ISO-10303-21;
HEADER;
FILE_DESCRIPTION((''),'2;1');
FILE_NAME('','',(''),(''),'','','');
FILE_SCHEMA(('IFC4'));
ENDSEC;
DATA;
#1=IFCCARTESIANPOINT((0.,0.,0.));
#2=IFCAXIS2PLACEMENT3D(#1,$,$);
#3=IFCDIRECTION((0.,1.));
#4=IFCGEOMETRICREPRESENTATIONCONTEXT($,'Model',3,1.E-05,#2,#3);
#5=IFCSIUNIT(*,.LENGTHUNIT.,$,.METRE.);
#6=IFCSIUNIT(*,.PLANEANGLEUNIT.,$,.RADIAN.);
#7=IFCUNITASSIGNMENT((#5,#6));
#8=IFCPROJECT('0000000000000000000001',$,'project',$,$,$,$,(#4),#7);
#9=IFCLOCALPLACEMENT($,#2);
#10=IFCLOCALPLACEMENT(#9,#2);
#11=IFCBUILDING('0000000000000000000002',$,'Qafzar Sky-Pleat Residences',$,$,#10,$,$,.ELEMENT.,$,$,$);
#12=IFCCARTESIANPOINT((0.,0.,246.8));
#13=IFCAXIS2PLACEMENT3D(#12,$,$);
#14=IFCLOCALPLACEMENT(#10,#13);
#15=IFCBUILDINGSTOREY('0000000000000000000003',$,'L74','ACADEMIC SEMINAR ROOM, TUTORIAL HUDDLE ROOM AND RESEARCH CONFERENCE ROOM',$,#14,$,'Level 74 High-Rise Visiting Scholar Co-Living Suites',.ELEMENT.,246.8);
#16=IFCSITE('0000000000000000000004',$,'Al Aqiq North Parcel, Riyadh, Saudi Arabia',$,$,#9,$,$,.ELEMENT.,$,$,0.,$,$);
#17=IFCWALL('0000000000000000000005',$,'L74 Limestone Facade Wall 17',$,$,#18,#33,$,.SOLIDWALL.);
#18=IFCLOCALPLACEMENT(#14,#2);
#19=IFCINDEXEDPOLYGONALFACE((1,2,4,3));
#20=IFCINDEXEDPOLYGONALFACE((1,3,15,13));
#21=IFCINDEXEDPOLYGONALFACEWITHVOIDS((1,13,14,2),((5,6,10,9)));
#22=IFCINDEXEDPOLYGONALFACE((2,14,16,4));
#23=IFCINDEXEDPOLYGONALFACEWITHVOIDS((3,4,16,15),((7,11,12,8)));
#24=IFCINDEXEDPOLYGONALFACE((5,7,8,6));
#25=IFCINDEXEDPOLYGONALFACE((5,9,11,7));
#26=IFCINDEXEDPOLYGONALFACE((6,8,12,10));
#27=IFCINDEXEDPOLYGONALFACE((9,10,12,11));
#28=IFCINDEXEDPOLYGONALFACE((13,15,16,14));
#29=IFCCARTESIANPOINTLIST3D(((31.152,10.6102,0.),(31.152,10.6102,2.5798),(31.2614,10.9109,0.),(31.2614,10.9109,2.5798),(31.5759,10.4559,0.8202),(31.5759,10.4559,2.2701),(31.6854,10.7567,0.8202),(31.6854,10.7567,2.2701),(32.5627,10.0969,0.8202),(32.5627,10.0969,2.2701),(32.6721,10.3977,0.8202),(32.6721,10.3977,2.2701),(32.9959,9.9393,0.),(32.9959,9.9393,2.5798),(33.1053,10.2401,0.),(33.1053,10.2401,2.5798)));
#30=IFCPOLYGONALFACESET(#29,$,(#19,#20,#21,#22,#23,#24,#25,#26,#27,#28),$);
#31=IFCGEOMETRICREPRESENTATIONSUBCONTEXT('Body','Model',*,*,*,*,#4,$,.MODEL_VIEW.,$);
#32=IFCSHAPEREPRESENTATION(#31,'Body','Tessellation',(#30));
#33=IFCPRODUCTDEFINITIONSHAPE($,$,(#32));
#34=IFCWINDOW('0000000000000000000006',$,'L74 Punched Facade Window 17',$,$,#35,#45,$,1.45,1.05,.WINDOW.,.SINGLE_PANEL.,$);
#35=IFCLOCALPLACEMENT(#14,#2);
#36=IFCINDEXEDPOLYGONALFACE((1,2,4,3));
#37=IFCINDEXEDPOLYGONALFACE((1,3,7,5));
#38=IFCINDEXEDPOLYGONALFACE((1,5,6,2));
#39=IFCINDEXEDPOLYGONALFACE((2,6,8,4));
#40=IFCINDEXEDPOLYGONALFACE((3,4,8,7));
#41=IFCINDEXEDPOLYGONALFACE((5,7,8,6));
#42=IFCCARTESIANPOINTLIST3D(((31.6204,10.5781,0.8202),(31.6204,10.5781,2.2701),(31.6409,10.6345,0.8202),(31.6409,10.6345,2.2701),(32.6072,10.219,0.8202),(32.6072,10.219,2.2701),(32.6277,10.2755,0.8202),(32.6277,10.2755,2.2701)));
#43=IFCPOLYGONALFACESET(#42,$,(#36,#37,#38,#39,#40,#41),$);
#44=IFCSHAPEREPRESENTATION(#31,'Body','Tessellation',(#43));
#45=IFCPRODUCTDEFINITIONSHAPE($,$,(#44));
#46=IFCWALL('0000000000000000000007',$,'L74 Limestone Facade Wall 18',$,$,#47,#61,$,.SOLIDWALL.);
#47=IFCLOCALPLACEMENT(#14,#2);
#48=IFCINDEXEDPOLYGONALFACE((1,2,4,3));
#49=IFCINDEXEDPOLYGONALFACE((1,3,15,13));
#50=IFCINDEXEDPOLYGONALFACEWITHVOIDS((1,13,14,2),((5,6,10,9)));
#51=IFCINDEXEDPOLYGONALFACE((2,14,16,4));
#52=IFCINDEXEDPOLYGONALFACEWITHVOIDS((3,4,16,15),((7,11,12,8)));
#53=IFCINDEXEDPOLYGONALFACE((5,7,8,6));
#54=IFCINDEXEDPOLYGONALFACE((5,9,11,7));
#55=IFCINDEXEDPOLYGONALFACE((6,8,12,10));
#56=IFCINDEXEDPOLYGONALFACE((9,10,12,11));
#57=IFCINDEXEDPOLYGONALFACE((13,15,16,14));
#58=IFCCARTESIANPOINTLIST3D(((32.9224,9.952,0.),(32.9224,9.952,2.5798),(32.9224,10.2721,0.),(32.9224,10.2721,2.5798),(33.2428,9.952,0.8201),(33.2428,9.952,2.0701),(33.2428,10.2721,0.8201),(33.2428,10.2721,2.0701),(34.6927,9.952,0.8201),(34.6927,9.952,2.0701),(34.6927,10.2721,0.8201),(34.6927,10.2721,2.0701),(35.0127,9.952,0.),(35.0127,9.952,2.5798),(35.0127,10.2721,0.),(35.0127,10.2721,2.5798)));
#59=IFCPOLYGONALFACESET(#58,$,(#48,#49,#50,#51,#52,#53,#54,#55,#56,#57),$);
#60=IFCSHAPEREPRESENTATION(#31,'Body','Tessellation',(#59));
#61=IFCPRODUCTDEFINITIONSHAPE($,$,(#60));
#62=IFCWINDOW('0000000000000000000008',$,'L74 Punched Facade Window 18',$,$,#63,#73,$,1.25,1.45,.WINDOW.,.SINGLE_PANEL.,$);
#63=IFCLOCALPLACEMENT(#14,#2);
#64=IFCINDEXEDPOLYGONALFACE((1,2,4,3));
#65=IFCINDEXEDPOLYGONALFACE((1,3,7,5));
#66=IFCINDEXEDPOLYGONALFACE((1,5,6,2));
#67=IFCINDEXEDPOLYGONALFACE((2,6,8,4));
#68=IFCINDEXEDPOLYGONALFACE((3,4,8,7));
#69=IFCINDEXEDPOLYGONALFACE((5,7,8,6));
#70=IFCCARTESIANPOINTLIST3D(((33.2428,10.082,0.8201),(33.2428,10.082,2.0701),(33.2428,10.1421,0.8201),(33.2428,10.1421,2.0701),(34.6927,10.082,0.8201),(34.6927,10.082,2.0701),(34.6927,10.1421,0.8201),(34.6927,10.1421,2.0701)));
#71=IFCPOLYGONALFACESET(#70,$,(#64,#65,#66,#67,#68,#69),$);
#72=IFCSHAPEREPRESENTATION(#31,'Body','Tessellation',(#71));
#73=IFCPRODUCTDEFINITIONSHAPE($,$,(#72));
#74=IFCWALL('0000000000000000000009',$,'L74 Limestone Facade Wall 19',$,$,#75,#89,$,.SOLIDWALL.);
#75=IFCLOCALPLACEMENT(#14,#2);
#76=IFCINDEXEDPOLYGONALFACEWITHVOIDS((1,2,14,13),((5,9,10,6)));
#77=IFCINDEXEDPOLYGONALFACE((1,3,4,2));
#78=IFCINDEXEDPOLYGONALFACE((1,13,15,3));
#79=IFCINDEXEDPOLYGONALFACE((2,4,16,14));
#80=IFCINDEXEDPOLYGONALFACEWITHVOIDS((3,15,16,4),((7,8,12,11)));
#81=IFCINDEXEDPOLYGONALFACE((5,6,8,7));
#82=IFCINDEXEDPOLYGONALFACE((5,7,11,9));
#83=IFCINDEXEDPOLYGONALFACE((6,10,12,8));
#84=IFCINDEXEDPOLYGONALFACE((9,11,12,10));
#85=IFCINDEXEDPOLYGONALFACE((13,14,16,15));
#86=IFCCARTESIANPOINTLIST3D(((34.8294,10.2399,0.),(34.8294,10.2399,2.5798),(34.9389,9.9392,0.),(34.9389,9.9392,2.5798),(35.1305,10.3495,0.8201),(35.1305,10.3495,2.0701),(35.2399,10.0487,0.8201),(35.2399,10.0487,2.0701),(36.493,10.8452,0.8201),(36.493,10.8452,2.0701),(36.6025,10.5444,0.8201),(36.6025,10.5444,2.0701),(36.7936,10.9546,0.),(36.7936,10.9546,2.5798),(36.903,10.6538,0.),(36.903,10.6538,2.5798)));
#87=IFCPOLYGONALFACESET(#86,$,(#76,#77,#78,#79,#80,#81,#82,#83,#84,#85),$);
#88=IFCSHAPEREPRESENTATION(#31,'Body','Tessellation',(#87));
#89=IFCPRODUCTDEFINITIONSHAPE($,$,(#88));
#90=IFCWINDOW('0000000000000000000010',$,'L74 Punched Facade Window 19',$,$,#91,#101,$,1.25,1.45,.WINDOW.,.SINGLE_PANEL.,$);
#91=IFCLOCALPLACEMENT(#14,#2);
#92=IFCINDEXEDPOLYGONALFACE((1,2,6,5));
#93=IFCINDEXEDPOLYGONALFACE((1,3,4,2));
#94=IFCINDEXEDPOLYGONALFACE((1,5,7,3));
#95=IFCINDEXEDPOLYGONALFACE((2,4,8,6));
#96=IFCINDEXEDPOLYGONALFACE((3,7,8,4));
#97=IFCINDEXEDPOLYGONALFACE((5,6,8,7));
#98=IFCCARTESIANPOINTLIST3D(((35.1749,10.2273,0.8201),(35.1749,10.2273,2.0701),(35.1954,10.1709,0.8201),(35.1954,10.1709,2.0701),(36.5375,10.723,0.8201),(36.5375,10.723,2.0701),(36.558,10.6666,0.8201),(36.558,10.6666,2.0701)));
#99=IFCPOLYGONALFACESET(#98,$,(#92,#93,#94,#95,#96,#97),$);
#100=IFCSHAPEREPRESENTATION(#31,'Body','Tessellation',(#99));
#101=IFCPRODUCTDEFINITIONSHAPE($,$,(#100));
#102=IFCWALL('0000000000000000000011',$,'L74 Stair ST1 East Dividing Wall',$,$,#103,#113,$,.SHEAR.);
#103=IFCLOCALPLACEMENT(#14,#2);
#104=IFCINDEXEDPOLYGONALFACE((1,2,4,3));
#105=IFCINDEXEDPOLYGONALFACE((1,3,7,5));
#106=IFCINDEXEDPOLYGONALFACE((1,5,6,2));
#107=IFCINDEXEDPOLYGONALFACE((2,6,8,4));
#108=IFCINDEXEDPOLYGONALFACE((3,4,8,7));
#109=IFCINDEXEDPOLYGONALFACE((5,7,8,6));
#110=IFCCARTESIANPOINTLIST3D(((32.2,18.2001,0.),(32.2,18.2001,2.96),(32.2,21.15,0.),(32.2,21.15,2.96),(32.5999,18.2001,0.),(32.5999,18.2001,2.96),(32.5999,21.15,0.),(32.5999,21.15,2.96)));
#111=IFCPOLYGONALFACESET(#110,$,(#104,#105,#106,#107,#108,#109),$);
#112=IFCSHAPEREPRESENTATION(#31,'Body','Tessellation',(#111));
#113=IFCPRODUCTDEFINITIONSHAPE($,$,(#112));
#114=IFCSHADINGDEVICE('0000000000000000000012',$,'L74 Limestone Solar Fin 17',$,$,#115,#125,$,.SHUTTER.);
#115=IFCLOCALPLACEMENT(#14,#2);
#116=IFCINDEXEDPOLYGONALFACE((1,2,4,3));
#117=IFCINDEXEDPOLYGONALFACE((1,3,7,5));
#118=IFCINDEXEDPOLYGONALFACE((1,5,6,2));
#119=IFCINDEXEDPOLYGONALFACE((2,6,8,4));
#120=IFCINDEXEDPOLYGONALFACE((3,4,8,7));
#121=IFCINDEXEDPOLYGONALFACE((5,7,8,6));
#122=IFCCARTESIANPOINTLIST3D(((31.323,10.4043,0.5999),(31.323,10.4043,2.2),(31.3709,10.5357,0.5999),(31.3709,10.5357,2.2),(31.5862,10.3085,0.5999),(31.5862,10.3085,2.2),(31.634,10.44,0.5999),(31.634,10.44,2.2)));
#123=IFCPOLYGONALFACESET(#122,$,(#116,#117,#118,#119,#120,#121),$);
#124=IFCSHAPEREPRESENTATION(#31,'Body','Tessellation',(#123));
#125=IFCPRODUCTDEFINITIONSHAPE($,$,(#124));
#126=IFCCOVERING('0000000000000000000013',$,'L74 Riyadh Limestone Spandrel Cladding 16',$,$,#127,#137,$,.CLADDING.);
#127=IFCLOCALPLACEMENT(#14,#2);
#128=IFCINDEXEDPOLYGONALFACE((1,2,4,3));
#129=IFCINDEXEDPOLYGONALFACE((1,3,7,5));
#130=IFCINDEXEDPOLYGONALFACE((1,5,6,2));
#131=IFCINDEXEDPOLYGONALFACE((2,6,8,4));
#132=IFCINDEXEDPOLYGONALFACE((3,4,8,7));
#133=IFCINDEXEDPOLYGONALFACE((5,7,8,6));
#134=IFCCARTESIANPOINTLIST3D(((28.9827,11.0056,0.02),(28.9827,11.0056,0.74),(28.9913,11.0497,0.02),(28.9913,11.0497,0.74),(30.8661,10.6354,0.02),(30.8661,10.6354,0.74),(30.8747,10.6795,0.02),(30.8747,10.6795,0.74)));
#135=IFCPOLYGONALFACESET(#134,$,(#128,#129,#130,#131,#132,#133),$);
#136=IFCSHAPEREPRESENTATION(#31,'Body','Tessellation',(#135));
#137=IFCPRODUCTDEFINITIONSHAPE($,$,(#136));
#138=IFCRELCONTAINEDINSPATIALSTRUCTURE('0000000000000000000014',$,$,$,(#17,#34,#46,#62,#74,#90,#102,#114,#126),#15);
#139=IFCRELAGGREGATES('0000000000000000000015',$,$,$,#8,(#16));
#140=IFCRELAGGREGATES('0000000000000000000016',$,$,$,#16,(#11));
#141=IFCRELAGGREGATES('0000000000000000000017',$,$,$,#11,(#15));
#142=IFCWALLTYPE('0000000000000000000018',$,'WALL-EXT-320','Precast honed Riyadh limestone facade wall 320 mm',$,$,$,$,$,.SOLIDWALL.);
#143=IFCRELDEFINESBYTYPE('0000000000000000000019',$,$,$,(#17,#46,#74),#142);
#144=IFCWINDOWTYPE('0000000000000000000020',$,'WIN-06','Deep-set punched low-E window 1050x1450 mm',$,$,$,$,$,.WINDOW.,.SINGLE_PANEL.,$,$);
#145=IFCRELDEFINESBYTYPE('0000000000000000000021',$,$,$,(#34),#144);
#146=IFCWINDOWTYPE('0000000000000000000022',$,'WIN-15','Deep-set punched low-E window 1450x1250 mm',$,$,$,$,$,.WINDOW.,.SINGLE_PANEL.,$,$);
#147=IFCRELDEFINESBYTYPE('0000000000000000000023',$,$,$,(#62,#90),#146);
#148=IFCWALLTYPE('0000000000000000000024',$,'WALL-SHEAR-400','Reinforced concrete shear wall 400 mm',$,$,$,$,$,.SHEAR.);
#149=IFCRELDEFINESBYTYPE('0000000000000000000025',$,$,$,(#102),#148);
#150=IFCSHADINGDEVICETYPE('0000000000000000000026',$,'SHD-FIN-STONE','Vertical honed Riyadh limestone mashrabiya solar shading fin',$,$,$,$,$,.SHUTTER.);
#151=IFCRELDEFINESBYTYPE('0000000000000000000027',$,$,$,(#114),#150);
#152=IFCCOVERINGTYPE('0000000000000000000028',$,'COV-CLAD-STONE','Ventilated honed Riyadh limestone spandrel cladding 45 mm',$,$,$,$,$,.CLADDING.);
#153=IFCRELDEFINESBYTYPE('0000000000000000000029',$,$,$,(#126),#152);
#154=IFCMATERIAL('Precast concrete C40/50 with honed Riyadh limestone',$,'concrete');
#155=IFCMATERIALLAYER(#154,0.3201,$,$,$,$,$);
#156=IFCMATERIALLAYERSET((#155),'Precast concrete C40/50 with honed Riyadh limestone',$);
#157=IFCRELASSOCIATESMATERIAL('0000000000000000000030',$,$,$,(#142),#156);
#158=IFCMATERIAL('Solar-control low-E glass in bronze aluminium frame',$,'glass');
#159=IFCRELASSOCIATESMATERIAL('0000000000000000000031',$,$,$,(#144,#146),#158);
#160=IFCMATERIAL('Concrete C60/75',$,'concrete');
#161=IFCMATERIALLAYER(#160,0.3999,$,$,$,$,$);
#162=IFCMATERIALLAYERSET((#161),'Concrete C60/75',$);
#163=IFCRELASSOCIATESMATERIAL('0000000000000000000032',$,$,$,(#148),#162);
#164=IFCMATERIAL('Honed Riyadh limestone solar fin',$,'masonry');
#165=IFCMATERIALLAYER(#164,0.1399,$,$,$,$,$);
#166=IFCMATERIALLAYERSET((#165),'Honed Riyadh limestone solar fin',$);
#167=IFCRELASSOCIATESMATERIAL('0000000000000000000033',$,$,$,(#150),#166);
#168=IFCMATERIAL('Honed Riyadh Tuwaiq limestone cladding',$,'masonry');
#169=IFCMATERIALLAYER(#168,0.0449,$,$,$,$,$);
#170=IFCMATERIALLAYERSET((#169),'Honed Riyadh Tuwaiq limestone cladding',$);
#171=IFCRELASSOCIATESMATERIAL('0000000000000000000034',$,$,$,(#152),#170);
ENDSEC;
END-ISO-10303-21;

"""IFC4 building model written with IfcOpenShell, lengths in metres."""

from ifc_helpers import new_model, si_unit, direction, frame, frame_2d, origin, origin_2d, place, context, subcontext, project, spatial, rectangle, extrude, source, transform, mapped, material, layer, layer_set, type_object, element, fill, save


model = new_model("IFC4")

# Units and contexts
model_context = context("Model", 3, precision=1e-05, world=origin(), true_north=direction((0.0, 1.0)))
body_context = subcontext(model_context, "Body", "Model", "MODEL_VIEW")
ifc_project = project(units=[si_unit("LENGTHUNIT", "METRE"), si_unit("PLANEANGLEUNIT", "RADIAN")], contexts=[model_context])

# Site, building, storey
site_placement = place(None, origin())
site = spatial("IfcSite", under=ifc_project, at=site_placement, Name="Al Aqiq North Parcel, Riyadh, Saudi Arabia", CompositionType="ELEMENT", RefElevation=0.0)
building_placement = place(site_placement, origin())
building = spatial("IfcBuilding", under=site, at=building_placement, Name="Qafzar Sky-Pleat Residences", CompositionType="ELEMENT")
storey_placement = place(building_placement, frame((0.0, 0.0, 246.8)))
storey = spatial("IfcBuildingStorey", under=building, at=storey_placement, Name="L74", Description="ACADEMIC SEMINAR ROOM, TUTORIAL HUDDLE ROOM AND RESEARCH CONFERENCE ROOM", LongName="Level 74 High-Rise Visiting Scholar Co-Living Suites", CompositionType="ELEMENT", Elevation=246.8)

# Walls, openings, windows
ifc_material_1 = material(Name="Precast concrete C40/50 with honed Riyadh limestone", Category="concrete")
ifc_layer_1 = layer(ifc_material_1, 0.3201)
ifc_layer_set_1 = layer_set([ifc_layer_1], Name="Precast concrete C40/50 with honed Riyadh limestone")
wall_type_1 = type_object("IfcWallType", Name="WALL-EXT-320", Description="Precast honed Riyadh limestone facade wall 320 mm", PredefinedType="SOLIDWALL", material=ifc_layer_set_1)
ifc_material_2 = material(Name="Solar-control low-E glass in bronze aluminium frame", Category="glass")
wall_1_placement = place(storey_placement, frame((31.2068, 10.7605, 0.0), z_axis=(0.0, 0.0, 1.0), x_axis=(0.939735, -0.341903, 0.0)))
wall_1 = element("IfcWall", 1, at=wall_1_placement, inside=storey, type_object=wall_type_1, Name="L74 Limestone Facade Wall 17", PredefinedType="SOLIDWALL", context=body_context, shape_type="SweptSolid", body=[
    extrude(rectangle(XDim=1.9622, YDim=0.3201, at=frame_2d((0.981, 0.0))), origin(), (0.0, 0.0, 1.0), 2.5798),
])
opening_1_placement = place(wall_1_placement, frame((0.4512, 0.0, 0.8201)))
opening_1 = element("IfcOpeningElement", 2, at=opening_1_placement, cuts=wall_1, PredefinedType="OPENING", context=body_context, shape_type="SweptSolid", body=[
    extrude(rectangle(XDim=1.05, YDim=1.45, at=frame_2d((0.5249, 0.7251))), frame((0.0, 0.1699, 0.0), z_axis=(0.0, -1.0, 0.0), x_axis=(1.0, 0.0, 0.0)), (0.0, 0.0, 1.0), 0.3401),
])
window_type_1 = type_object("IfcWindowType", Name="WIN-06", Description="Deep-set punched low-E window 1050x1450 mm", PartitioningType="SINGLE_PANEL", PredefinedType="WINDOW", material=ifc_material_2)
shared_shape_1 = source(origin(), body_context, "Body", "SweptSolid", [
    extrude(rectangle(XDim=1.05, YDim=1.45, at=frame_2d((0.5249, 0.7251))), frame((0.0, 0.03, 0.0), z_axis=(0.0, -1.0, 0.0), x_axis=(1.0, 0.0, 0.0)), (0.0, 0.0, 1.0), 0.0601),
])
window_1_placement = place(opening_1_placement, origin())
window_1 = element("IfcWindow", 3, at=window_1_placement, inside=storey, type_object=window_type_1, Name="L74 Punched Facade Window 17", OverallHeight=1.45, OverallWidth=1.05, PartitioningType="SINGLE_PANEL", PredefinedType="WINDOW", context=body_context, shape_type="MappedRepresentation", body=[
    mapped(shared_shape_1, transform((0.0, 0.0, 0.0), x_axis=(1.0, 0.0, 0.0), y_axis=(0.0, 1.0, 0.0), z_axis=(0.0, 0.0, 1.0), scale=1.0)),
])
fill(opening_1, window_1)
wall_2_placement = place(storey_placement, frame((32.9224, 10.1121, 0.0), z_axis=(0.0, 0.0, 1.0), x_axis=(1.0, 0.0, 0.0)))
wall_2 = element("IfcWall", 4, at=wall_2_placement, inside=storey, type_object=wall_type_1, Name="L74 Limestone Facade Wall 18", PredefinedType="SOLIDWALL", context=body_context, shape_type="SweptSolid", body=[
    extrude(rectangle(XDim=2.0903, YDim=0.3201, at=frame_2d((1.0452, 0.0))), origin(), (0.0, 0.0, 1.0), 2.5798),
])
opening_2_placement = place(wall_2_placement, frame((0.3203, 0.0, 0.8201)))
opening_2 = element("IfcOpeningElement", 5, at=opening_2_placement, cuts=wall_2, PredefinedType="OPENING", context=body_context, shape_type="SweptSolid", body=[
    extrude(rectangle(XDim=1.45, YDim=1.25, at=frame_2d((0.7251, 0.625))), frame((0.0, 0.1699, 0.0), z_axis=(0.0, -1.0, 0.0), x_axis=(1.0, 0.0, 0.0)), (0.0, 0.0, 1.0), 0.3401),
])
window_type_2 = type_object("IfcWindowType", Name="WIN-15", Description="Deep-set punched low-E window 1450x1250 mm", PartitioningType="SINGLE_PANEL", PredefinedType="WINDOW", material=ifc_material_2)
shared_shape_2 = source(origin(), body_context, "Body", "SweptSolid", [
    extrude(rectangle(XDim=1.45, YDim=1.25, at=frame_2d((0.7251, 0.625))), frame((0.0, 0.03, 0.0), z_axis=(0.0, -1.0, 0.0), x_axis=(1.0, 0.0, 0.0)), (0.0, 0.0, 1.0), 0.0601),
])
window_2_placement = place(opening_2_placement, origin())
window_2 = element("IfcWindow", 6, at=window_2_placement, inside=storey, type_object=window_type_2, Name="L74 Punched Facade Window 18", OverallHeight=1.25, OverallWidth=1.45, PartitioningType="SINGLE_PANEL", PredefinedType="WINDOW", context=body_context, shape_type="MappedRepresentation", body=[
    mapped(shared_shape_2, transform((0.0, 0.0, 0.0), x_axis=(1.0, 0.0, 0.0), y_axis=(0.0, 1.0, 0.0), z_axis=(0.0, 0.0, 1.0), scale=1.0)),
])
fill(opening_2, window_2)
wall_3_placement = place(storey_placement, frame((34.8843, 10.0896, 0.0), z_axis=(0.0, 0.0, 1.0), x_axis=(0.939735, 0.341902, 0.0)))
wall_3 = element("IfcWall", 7, at=wall_3_placement, inside=storey, type_object=wall_type_1, Name="L74 Limestone Facade Wall 19", PredefinedType="SOLIDWALL", context=body_context, shape_type="SweptSolid", body=[
    extrude(rectangle(XDim=2.0901, YDim=0.3201, at=frame_2d((1.0449, 0.0))), origin(), (0.0, 0.0, 1.0), 2.5798),
])
opening_3_placement = place(wall_3_placement, frame((0.3201, 0.0, 0.8201)))
opening_3 = element("IfcOpeningElement", 8, at=opening_3_placement, cuts=wall_3, PredefinedType="OPENING", context=body_context, shape_type="SweptSolid", body=[
    extrude(rectangle(XDim=1.45, YDim=1.25, at=frame_2d((0.7251, 0.625))), frame((0.0, 0.1699, 0.0), z_axis=(0.0, -1.0, 0.0), x_axis=(1.0, 0.0, 0.0)), (0.0, 0.0, 1.0), 0.3401),
])
window_3_placement = place(opening_3_placement, origin())
window_3 = element("IfcWindow", 9, at=window_3_placement, inside=storey, type_object=window_type_2, Name="L74 Punched Facade Window 19", OverallHeight=1.25, OverallWidth=1.45, PartitioningType="SINGLE_PANEL", PredefinedType="WINDOW", context=body_context, shape_type="MappedRepresentation", body=[
    mapped(shared_shape_2, transform((0.0, 0.0, 0.0), x_axis=(1.0, 0.0, 0.0), y_axis=(0.0, 1.0, 0.0), z_axis=(0.0, 0.0, 1.0), scale=1.0)),
])
fill(opening_3, window_3)

# Wall
ifc_material_3 = material(Name="Concrete C60/75", Category="concrete")
ifc_layer_2 = layer(ifc_material_3, 0.3999)
ifc_layer_set_2 = layer_set([ifc_layer_2], Name="Concrete C60/75")
wall_type_2 = type_object("IfcWallType", Name="WALL-SHEAR-400", Description="Reinforced concrete shear wall 400 mm", PredefinedType="SHEAR", material=ifc_layer_set_2)
wall_4_placement = place(storey_placement, frame((32.3999, 18.2, 0.0), z_axis=(0.0, 0.0, 1.0), x_axis=(0.0, 1.0, 0.0)))
element("IfcWall", 10, at=wall_4_placement, inside=storey, type_object=wall_type_2, Name="L74 Stair ST1 East Dividing Wall", PredefinedType="SHEAR", context=body_context, shape_type="SweptSolid", body=[
    extrude(rectangle(XDim=2.95, YDim=0.3999, at=frame_2d((1.4751, 0.0))), origin(), (0.0, 0.0, 1.0), 2.96),
])

# Shading device
ifc_material_4 = material(Name="Honed Riyadh limestone solar fin", Category="masonry")
ifc_layer_3 = layer(ifc_material_4, 0.1399)
ifc_layer_set_3 = layer_set([ifc_layer_3], Name="Honed Riyadh limestone solar fin")
shading_device_type = type_object("IfcShadingDeviceType", Name="SHD-FIN-STONE", Description="Vertical honed Riyadh limestone mashrabiya solar shading fin", PredefinedType="SHUTTER", material=ifc_layer_set_3)
shared_shape_3 = source(origin(), body_context, "Body", "SweptSolid", [
    extrude(rectangle(XDim=0.1399, YDim=0.28, at=origin_2d()), origin(), (0.0, 0.0, 1.0), 1.6001),
])
shading_device_placement = place(storey_placement, frame((31.4785, 10.4221, 0.5999), z_axis=(0.0, 0.0, 1.0), x_axis=(-0.34201, -0.939696, 0.0)))
element("IfcShadingDevice", 11, at=shading_device_placement, inside=storey, type_object=shading_device_type, Name="L74 Limestone Solar Fin 17", PredefinedType="SHUTTER", context=body_context, shape_type="MappedRepresentation", body=[
    mapped(shared_shape_3, transform((0.0, 0.0, 0.0), x_axis=(1.0, 0.0, 0.0), y_axis=(0.0, 1.0, 0.0), z_axis=(0.0, 0.0, 1.0), scale=1.0)),
])

# Covering
ifc_material_5 = material(Name="Honed Riyadh Tuwaiq limestone cladding", Category="masonry")
ifc_layer_4 = layer(ifc_material_5, 0.0449)
ifc_layer_set_4 = layer_set([ifc_layer_4], Name="Honed Riyadh Tuwaiq limestone cladding")
covering_type = type_object("IfcCoveringType", Name="COV-CLAD-STONE", Description="Ventilated honed Riyadh limestone spandrel cladding 45 mm", PredefinedType="CLADDING", material=ifc_layer_set_4)
shared_shape_4 = source(origin(), body_context, "Body", "SweptSolid", [
    extrude(rectangle(XDim=1.9194, YDim=0.0449, at=origin_2d()), origin(), (0.0, 0.0, 1.0), 0.72),
])
covering_placement = place(storey_placement, frame((29.9287, 10.8425, 0.02), z_axis=(0.0, 0.0, 1.0), x_axis=(0.981228, -0.192851, 0.0)))
element("IfcCovering", 12, at=covering_placement, inside=storey, type_object=covering_type, Name="L74 Riyadh Limestone Spandrel Cladding 16", PredefinedType="CLADDING", context=body_context, shape_type="MappedRepresentation", body=[
    mapped(shared_shape_4, transform((0.0, 0.0, 0.0), x_axis=(1.0, 0.0, 0.0), y_axis=(0.0, 1.0, 0.0), z_axis=(0.0, 0.0, 1.0), scale=1.0)),
])

save(model, "model.ifc")
